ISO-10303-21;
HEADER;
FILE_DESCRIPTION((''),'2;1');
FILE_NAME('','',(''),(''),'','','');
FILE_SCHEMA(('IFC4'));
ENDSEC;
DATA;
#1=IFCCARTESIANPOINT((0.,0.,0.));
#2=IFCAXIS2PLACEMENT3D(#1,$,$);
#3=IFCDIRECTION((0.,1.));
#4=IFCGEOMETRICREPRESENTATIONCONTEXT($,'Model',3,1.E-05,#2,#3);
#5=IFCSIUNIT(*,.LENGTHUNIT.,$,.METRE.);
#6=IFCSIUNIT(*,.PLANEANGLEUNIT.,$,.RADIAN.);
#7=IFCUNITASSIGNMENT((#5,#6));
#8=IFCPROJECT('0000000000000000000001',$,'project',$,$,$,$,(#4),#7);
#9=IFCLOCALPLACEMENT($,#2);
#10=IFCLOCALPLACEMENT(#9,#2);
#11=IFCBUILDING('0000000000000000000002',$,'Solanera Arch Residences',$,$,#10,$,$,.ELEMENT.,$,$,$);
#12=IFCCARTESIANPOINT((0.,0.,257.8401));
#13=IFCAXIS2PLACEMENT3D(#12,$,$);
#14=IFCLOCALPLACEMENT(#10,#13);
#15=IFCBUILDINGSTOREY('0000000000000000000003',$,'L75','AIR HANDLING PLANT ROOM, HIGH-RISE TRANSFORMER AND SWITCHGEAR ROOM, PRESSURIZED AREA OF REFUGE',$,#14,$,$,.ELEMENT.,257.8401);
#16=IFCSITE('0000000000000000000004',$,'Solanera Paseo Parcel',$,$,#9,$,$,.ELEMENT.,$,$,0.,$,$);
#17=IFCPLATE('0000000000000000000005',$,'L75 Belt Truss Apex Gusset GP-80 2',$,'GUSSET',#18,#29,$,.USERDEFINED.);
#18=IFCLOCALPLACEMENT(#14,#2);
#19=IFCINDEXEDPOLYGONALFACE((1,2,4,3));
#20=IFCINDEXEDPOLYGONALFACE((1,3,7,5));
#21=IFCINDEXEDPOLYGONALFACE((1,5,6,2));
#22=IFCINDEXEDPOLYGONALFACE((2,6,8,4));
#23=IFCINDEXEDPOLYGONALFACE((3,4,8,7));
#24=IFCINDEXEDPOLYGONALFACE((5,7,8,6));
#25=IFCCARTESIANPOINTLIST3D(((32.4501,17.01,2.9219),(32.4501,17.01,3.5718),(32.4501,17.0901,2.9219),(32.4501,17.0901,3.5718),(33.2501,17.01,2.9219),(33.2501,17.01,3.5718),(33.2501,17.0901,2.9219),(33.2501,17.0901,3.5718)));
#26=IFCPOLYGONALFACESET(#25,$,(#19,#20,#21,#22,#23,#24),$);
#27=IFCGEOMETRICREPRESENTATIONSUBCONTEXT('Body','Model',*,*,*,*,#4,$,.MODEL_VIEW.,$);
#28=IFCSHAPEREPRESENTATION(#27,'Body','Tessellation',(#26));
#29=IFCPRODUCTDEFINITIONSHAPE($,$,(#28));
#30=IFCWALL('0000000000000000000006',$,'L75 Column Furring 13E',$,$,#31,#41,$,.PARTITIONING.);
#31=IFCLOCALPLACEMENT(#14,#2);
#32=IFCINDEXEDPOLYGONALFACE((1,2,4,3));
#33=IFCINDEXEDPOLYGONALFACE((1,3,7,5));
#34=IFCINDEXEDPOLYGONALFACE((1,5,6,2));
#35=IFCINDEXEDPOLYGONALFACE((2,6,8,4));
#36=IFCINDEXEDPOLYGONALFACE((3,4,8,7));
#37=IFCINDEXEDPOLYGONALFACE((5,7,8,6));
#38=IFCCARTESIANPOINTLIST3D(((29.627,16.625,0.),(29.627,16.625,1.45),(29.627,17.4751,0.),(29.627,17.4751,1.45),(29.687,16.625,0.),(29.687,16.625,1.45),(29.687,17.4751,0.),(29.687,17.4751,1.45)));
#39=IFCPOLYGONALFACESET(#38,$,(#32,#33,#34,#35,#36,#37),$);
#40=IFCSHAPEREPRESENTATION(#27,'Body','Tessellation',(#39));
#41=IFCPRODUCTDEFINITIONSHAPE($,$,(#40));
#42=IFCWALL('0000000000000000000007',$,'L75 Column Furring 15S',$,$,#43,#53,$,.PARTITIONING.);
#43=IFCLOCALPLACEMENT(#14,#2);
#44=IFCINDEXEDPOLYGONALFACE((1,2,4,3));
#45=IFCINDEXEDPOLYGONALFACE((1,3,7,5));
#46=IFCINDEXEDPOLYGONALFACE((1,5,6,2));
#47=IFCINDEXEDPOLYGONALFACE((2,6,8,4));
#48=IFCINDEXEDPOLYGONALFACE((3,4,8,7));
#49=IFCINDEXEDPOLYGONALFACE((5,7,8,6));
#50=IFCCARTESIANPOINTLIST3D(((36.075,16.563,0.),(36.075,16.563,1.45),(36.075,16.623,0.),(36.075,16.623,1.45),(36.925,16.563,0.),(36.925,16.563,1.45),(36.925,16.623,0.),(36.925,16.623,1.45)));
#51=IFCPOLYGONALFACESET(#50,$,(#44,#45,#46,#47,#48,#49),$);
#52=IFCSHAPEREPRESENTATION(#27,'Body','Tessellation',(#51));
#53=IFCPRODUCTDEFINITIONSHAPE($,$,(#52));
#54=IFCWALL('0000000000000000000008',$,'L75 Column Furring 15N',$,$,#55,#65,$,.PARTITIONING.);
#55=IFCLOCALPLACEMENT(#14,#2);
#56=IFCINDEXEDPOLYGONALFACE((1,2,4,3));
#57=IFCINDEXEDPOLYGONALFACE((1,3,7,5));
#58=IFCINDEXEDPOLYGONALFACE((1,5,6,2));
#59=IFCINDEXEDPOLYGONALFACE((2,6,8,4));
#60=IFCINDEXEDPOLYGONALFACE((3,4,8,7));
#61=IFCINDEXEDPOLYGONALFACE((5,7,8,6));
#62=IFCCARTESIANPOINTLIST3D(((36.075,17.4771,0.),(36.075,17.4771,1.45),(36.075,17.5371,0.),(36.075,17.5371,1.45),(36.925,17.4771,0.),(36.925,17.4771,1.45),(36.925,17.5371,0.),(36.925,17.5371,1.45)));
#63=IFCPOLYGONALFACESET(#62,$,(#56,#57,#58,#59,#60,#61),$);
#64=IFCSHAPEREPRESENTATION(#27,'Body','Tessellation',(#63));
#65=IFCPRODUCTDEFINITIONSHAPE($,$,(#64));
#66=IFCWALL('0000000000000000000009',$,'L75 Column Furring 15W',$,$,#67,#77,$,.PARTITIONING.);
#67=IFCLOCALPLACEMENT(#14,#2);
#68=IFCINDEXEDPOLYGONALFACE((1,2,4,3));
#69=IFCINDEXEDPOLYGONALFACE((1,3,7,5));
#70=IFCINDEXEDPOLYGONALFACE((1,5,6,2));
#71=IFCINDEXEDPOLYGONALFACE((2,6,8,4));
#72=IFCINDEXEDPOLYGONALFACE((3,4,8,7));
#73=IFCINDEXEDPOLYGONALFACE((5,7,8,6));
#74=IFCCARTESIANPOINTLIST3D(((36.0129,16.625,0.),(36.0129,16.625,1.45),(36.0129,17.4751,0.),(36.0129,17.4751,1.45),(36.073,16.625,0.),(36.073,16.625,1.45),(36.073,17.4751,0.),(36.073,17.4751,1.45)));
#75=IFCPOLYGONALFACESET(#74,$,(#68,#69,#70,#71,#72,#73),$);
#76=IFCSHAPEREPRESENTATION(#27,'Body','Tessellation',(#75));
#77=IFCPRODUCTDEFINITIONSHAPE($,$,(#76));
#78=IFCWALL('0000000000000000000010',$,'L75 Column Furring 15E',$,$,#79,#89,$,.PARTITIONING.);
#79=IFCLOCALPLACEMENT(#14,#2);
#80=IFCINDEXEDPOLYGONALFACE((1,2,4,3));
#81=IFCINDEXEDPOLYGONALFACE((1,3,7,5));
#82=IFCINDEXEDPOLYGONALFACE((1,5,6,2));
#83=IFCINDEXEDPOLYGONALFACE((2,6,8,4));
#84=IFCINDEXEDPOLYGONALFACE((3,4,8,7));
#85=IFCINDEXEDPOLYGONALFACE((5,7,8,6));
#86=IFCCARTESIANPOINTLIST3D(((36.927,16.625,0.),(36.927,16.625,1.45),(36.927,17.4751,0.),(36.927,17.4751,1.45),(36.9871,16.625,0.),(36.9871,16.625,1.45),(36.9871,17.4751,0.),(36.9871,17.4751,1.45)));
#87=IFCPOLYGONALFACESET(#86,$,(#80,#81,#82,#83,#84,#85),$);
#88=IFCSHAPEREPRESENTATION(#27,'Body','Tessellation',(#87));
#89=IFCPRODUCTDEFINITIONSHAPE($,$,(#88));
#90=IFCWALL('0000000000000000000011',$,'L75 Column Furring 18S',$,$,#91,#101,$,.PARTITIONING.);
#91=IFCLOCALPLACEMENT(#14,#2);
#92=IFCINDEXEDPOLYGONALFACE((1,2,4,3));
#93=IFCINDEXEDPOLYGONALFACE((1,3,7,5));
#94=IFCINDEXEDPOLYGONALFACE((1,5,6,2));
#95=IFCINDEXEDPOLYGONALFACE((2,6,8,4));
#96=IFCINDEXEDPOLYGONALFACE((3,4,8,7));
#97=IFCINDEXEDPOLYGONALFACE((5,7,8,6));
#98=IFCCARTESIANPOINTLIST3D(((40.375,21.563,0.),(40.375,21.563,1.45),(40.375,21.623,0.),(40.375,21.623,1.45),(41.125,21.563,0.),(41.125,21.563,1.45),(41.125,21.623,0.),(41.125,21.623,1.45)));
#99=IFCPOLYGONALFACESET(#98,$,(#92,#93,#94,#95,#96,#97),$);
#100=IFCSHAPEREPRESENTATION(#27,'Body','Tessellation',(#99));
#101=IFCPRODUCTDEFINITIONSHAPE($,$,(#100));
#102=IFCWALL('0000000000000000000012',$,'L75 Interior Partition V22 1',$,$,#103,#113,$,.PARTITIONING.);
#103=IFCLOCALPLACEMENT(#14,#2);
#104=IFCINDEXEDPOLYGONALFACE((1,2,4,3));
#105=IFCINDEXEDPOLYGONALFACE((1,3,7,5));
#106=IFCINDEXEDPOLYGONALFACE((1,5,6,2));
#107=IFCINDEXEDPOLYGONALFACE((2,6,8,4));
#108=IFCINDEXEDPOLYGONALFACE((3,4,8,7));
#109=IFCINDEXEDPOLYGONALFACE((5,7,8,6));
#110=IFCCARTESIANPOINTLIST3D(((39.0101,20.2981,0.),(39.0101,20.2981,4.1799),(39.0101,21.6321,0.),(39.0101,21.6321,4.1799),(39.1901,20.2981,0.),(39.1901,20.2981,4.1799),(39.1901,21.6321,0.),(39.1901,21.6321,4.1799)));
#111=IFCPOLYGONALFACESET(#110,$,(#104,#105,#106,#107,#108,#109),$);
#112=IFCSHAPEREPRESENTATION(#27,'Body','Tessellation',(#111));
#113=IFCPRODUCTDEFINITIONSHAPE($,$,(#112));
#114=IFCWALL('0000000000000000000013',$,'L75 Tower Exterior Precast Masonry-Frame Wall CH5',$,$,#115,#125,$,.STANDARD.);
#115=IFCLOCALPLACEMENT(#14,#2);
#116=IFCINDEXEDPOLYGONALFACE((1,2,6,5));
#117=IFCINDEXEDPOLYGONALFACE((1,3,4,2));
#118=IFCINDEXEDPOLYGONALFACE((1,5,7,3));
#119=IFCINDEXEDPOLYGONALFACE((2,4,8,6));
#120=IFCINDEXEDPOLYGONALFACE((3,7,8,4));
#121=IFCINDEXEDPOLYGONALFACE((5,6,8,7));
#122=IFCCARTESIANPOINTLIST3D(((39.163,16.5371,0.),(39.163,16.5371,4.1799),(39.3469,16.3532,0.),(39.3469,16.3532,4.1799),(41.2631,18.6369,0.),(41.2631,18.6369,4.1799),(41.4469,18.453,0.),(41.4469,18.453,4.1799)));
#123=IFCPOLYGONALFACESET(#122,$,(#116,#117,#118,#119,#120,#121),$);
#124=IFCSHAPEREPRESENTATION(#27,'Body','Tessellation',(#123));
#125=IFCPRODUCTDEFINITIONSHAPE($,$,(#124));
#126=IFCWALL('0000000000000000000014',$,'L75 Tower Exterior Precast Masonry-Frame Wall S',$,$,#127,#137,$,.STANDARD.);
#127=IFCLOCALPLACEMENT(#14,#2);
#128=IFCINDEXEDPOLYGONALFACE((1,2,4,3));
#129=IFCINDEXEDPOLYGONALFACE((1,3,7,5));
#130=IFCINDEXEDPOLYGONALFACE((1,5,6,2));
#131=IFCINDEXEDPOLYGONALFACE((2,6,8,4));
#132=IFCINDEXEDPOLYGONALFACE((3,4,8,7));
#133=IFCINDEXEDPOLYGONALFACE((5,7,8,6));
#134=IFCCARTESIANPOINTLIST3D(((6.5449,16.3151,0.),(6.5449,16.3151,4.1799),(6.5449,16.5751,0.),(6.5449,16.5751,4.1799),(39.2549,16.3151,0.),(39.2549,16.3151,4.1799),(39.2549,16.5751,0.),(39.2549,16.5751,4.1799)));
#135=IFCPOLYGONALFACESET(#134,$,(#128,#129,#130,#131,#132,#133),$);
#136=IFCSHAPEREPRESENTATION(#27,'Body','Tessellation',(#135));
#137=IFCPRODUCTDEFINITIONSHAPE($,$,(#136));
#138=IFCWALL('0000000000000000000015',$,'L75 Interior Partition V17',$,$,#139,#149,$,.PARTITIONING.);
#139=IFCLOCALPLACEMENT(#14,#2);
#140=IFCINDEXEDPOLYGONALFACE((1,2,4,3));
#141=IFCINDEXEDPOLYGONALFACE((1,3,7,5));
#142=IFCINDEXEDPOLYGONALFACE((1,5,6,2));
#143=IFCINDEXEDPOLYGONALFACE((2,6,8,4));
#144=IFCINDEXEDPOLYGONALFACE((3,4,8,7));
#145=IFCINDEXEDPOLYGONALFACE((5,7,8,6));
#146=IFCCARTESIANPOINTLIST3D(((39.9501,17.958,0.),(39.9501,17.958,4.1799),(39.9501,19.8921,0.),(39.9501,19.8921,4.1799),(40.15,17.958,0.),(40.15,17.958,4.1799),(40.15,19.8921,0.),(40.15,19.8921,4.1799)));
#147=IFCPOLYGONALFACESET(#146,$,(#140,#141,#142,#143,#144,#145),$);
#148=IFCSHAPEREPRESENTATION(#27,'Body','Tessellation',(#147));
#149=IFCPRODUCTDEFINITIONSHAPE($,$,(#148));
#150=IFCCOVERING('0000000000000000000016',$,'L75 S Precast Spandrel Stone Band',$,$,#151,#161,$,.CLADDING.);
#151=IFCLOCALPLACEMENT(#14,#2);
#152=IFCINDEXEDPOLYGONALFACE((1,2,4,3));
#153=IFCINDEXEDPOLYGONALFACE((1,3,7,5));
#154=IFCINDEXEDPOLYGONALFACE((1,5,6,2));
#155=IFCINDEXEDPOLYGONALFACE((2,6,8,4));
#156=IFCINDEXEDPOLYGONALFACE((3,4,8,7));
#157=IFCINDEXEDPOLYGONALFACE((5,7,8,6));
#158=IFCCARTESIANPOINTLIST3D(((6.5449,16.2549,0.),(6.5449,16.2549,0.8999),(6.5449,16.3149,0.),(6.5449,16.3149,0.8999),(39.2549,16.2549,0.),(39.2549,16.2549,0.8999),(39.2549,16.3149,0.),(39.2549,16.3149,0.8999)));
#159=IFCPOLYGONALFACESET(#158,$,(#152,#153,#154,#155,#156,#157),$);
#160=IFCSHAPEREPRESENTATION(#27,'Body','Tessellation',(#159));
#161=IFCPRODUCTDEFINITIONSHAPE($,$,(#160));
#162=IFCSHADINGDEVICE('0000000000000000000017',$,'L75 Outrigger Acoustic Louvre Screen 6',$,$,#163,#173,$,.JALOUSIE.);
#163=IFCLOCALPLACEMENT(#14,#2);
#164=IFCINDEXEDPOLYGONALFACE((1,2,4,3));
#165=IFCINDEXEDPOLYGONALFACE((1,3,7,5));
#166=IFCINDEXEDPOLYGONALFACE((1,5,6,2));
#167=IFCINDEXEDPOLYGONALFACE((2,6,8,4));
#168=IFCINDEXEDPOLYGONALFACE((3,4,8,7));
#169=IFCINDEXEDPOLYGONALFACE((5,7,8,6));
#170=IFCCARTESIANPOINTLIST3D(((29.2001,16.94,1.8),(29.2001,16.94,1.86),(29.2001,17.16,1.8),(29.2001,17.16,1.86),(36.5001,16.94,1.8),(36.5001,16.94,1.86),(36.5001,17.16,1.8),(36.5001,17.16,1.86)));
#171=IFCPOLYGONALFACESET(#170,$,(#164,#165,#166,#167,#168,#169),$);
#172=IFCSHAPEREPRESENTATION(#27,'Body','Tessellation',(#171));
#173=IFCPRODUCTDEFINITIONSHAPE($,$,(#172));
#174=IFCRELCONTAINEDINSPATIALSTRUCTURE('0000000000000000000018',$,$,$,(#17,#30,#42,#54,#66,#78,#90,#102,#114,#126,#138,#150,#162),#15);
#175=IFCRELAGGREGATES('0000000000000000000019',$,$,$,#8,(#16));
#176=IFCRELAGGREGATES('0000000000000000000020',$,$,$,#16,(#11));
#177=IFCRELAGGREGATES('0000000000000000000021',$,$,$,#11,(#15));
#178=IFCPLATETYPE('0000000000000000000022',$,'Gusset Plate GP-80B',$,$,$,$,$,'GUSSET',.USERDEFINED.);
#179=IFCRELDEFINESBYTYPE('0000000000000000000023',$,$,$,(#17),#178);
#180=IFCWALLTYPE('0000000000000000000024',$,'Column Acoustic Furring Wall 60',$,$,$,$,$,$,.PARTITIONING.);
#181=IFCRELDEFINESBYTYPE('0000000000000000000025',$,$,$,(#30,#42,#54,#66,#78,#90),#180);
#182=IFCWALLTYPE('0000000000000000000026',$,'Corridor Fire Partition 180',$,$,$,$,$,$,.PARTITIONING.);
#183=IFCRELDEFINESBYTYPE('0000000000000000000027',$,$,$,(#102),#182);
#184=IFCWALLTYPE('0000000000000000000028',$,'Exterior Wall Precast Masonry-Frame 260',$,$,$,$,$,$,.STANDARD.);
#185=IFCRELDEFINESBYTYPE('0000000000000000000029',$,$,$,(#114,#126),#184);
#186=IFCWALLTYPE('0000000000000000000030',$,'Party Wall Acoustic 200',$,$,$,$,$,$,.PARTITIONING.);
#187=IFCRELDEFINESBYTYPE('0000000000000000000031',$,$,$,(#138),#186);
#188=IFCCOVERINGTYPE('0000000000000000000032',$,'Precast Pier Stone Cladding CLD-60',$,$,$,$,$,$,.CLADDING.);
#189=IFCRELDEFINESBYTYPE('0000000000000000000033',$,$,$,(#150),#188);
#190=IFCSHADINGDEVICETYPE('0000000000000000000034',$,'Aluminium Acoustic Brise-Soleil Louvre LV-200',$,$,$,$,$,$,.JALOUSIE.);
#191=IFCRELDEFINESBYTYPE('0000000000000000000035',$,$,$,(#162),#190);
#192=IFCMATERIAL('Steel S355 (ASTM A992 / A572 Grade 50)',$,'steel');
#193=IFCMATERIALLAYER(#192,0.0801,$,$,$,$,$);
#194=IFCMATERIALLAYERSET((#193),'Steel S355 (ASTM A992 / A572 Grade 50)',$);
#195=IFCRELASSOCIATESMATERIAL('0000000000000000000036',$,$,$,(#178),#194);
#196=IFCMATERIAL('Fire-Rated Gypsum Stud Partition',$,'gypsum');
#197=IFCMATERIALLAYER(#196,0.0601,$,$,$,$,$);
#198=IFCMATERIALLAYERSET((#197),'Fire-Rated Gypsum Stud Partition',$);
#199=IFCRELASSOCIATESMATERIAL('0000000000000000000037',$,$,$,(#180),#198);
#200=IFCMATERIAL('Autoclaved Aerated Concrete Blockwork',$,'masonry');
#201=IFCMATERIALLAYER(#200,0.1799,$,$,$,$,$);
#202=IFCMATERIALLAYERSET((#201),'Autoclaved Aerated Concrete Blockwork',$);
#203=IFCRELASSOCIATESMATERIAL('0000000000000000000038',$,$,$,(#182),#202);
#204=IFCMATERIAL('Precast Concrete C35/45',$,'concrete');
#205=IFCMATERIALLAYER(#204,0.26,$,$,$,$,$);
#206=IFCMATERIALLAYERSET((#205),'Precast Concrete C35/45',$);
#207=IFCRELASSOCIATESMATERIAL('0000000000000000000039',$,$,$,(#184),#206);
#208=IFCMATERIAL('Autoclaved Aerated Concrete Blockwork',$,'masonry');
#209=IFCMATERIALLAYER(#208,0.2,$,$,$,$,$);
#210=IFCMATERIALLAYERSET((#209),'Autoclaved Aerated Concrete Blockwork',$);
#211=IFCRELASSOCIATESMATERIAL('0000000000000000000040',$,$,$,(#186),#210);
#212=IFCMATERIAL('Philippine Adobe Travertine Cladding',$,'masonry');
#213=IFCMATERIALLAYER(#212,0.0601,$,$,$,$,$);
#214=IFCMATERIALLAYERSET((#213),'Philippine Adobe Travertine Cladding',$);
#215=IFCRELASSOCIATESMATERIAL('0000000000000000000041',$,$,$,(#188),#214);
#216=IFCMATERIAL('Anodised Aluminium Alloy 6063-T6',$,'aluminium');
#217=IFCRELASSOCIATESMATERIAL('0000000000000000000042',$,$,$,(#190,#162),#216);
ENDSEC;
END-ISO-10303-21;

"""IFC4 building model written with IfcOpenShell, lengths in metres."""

from ifc_helpers import new_model, si_unit, direction, frame, frame_2d, origin, origin_2d, place, context, subcontext, project, spatial, rectangle, extrude, material, layer, layer_set, type_object, element, save


model = new_model("IFC4")

# Units and contexts
model_context = context("Model", 3, precision=1e-05, world=origin(), true_north=direction((0.0, 1.0)))
body_context = subcontext(model_context, "Body", "Model", "MODEL_VIEW")
ifc_project = project(units=[si_unit("LENGTHUNIT", "METRE"), si_unit("PLANEANGLEUNIT", "RADIAN")], contexts=[model_context])

# Site, building, storey
site_placement = place(None, origin())
site = spatial("IfcSite", under=ifc_project, at=site_placement, Name="Solanera Paseo Parcel", CompositionType="ELEMENT", RefElevation=0.0)
building_placement = place(site_placement, origin())
building = spatial("IfcBuilding", under=site, at=building_placement, Name="Solanera Arch Residences", CompositionType="ELEMENT")
storey_placement = place(building_placement, frame((0.0, 0.0, 257.8401)))
storey = spatial("IfcBuildingStorey", under=building, at=storey_placement, Name="L75", Description="AIR HANDLING PLANT ROOM, HIGH-RISE TRANSFORMER AND SWITCHGEAR ROOM, PRESSURIZED AREA OF REFUGE", CompositionType="ELEMENT", Elevation=257.8401)

# Plate
ifc_material_1 = material(Name="Steel S355 (ASTM A992 / A572 Grade 50)", Category="steel")
ifc_layer_1 = layer(ifc_material_1, 0.0801)
ifc_layer_set_1 = layer_set([ifc_layer_1], Name="Steel S355 (ASTM A992 / A572 Grade 50)")
plate_type_1 = type_object("IfcPlateType", Name="Gusset Plate GP-80B", ElementType="GUSSET", PredefinedType="USERDEFINED", material=ifc_layer_set_1)
plate_1_placement = place(storey_placement, frame((32.8501, 17.05, 2.9219), z_axis=(0.0, 0.0, 1.0), x_axis=(1.0, 0.0, 0.0)))
element("IfcPlate", 1, at=plate_1_placement, inside=storey, type_object=plate_type_1, Name="L75 Belt Truss Apex Gusset GP-80 2", ObjectType="GUSSET", PredefinedType="USERDEFINED", context=body_context, shape_type="SweptSolid", body=[
    extrude(rectangle(XDim=0.8, YDim=0.0801, at=origin_2d()), origin(), (0.0, 0.0, 1.0), 0.6499),
])

# Walls
ifc_material_2 = material(Name="Fire-Rated Gypsum Stud Partition", Category="gypsum")
ifc_layer_2 = layer(ifc_material_2, 0.0601)
ifc_layer_set_2 = layer_set([ifc_layer_2], Name="Fire-Rated Gypsum Stud Partition")
wall_type_1 = type_object("IfcWallType", Name="Column Acoustic Furring Wall 60", PredefinedType="PARTITIONING", material=ifc_layer_set_2)
for number, where, z_axis, x_axis, name in (
    (2, (29.657, 16.625, 0.0), (0.0, 0.0, 1.0), (0.0, 1.0, 0.0), "L75 Column Furring 13E"),
    (3, (36.075, 16.593, 0.0), (0.0, 0.0, 1.0), (1.0, 0.0, 0.0), "L75 Column Furring 15S"),
    (4, (36.075, 17.5071, 0.0), (0.0, 0.0, 1.0), (1.0, 0.0, 0.0), "L75 Column Furring 15N"),
    (5, (36.043, 16.625, 0.0), (0.0, 0.0, 1.0), (0.0, 1.0, 0.0), "L75 Column Furring 15W"),
    (6, (36.957, 16.625, 0.0), (0.0, 0.0, 1.0), (0.0, 1.0, 0.0), "L75 Column Furring 15E"),
):
    element("IfcWall", number, at=place(storey_placement, frame(where, z_axis=z_axis, x_axis=x_axis)), inside=storey, type_object=wall_type_1, Name=name, PredefinedType="PARTITIONING", context=body_context, shape_type="SweptSolid", body=[
        extrude(rectangle(XDim=0.8501, YDim=0.0601, at=frame_2d((0.425, 0.0))), origin(), (0.0, 0.0, 1.0), 1.45),
    ])
wall_1_placement = place(storey_placement, frame((40.375, 21.593, 0.0), z_axis=(0.0, 0.0, 1.0), x_axis=(1.0, 0.0, 0.0)))
element("IfcWall", 7, at=wall_1_placement, inside=storey, type_object=wall_type_1, Name="L75 Column Furring 18S", PredefinedType="PARTITIONING", context=body_context, shape_type="SweptSolid", body=[
    extrude(rectangle(XDim=0.75, YDim=0.0601, at=frame_2d((0.375, 0.0))), origin(), (0.0, 0.0, 1.0), 1.45),
])
ifc_material_3 = material(Name="Autoclaved Aerated Concrete Blockwork", Category="masonry")
ifc_layer_3 = layer(ifc_material_3, 0.1799)
ifc_layer_set_3 = layer_set([ifc_layer_3], Name="Autoclaved Aerated Concrete Blockwork")
wall_type_2 = type_object("IfcWallType", Name="Corridor Fire Partition 180", PredefinedType="PARTITIONING", material=ifc_layer_set_3)
wall_2_placement = place(storey_placement, frame((39.1001, 20.2981, 0.0), z_axis=(0.0, 0.0, 1.0), x_axis=(0.0, 1.0, 0.0)))
element("IfcWall", 8, at=wall_2_placement, inside=storey, type_object=wall_type_2, Name="L75 Interior Partition V22 1", PredefinedType="PARTITIONING", context=body_context, shape_type="SweptSolid", body=[
    extrude(rectangle(XDim=1.334, YDim=0.1799, at=frame_2d((0.667, 0.0))), origin(), (0.0, 0.0, 1.0), 4.1799),
])
ifc_material_4 = material(Name="Precast Concrete C35/45", Category="concrete")
ifc_layer_4 = layer(ifc_material_4, 0.26)
ifc_layer_set_4 = layer_set([ifc_layer_4], Name="Precast Concrete C35/45")
wall_type_3 = type_object("IfcWallType", Name="Exterior Wall Precast Masonry-Frame 260", PredefinedType="STANDARD", material=ifc_layer_set_4)
wall_3_placement = place(storey_placement, frame((41.355, 18.5449, 0.0), z_axis=(0.0, 0.0, 1.0), x_axis=(-0.707148, -0.707066, 0.0)))
element("IfcWall", 9, at=wall_3_placement, inside=storey, type_object=wall_type_3, Name="L75 Tower Exterior Precast Masonry-Frame Wall CH5", PredefinedType="STANDARD", context=body_context, shape_type="SweptSolid", body=[
    extrude(rectangle(XDim=2.9697, YDim=0.26, at=frame_2d((1.4849, 0.0))), origin(), (0.0, 0.0, 1.0), 4.1799),
])
wall_4_placement = place(storey_placement, frame((39.2549, 16.4451, 0.0), z_axis=(0.0, 0.0, 1.0), x_axis=(-1.0, 0.0, 0.0)))
element("IfcWall", 10, at=wall_4_placement, inside=storey, type_object=wall_type_3, Name="L75 Tower Exterior Precast Masonry-Frame Wall S", PredefinedType="STANDARD", context=body_context, shape_type="SweptSolid", body=[
    extrude(rectangle(XDim=32.71, YDim=0.26, at=frame_2d((16.355, 0.0))), origin(), (0.0, 0.0, 1.0), 4.1799),
])
ifc_material_5 = material(Name="Autoclaved Aerated Concrete Blockwork", Category="masonry")
ifc_layer_5 = layer(ifc_material_5, 0.2)
ifc_layer_set_5 = layer_set([ifc_layer_5], Name="Autoclaved Aerated Concrete Blockwork")
wall_type_4 = type_object("IfcWallType", Name="Party Wall Acoustic 200", PredefinedType="PARTITIONING", material=ifc_layer_set_5)
wall_5_placement = place(storey_placement, frame((40.05, 17.958, 0.0), z_axis=(0.0, 0.0, 1.0), x_axis=(0.0, 1.0, 0.0)))
element("IfcWall", 11, at=wall_5_placement, inside=storey, type_object=wall_type_4, Name="L75 Interior Partition V17", PredefinedType="PARTITIONING", context=body_context, shape_type="SweptSolid", body=[
    extrude(rectangle(XDim=1.9341, YDim=0.2, at=frame_2d((0.967, 0.0))), origin(), (0.0, 0.0, 1.0), 4.1799),
])

# Covering
ifc_material_6 = material(Name="Philippine Adobe Travertine Cladding", Category="masonry")
ifc_layer_6 = layer(ifc_material_6, 0.0601)
ifc_layer_set_6 = layer_set([ifc_layer_6], Name="Philippine Adobe Travertine Cladding")
covering_type = type_object("IfcCoveringType", Name="Precast Pier Stone Cladding CLD-60", PredefinedType="CLADDING", material=ifc_layer_set_6)
covering_placement = place(storey_placement, frame((39.2549, 16.2849, 0.0), z_axis=(0.0, 0.0, 1.0), x_axis=(-1.0, 0.0, 0.0)))
element("IfcCovering", 12, at=covering_placement, inside=storey, type_object=covering_type, Name="L75 S Precast Spandrel Stone Band", PredefinedType="CLADDING", context=body_context, shape_type="SweptSolid", body=[
    extrude(rectangle(XDim=32.71, YDim=0.0601, at=frame_2d((16.355, 0.0))), origin(), (0.0, 0.0, 1.0), 0.8999),
])

# Shading device
ifc_material_7 = material(Name="Anodised Aluminium Alloy 6063-T6", Category="aluminium")
shading_device_type = type_object("IfcShadingDeviceType", Name="Aluminium Acoustic Brise-Soleil Louvre LV-200", PredefinedType="JALOUSIE", material=ifc_material_7)
shading_device_placement = place(storey_placement, frame((32.8501, 17.05, 1.8)))
element("IfcShadingDevice", 13, at=shading_device_placement, inside=storey, type_object=shading_device_type, material=ifc_material_7, Name="L75 Outrigger Acoustic Louvre Screen 6", PredefinedType="JALOUSIE", context=body_context, shape_type="SweptSolid", body=[
    extrude(rectangle(XDim=7.3, YDim=0.22, at=origin_2d()), origin(), (0.0, 0.0, 1.0), 0.06),
])

save(model, "model.ifc")
